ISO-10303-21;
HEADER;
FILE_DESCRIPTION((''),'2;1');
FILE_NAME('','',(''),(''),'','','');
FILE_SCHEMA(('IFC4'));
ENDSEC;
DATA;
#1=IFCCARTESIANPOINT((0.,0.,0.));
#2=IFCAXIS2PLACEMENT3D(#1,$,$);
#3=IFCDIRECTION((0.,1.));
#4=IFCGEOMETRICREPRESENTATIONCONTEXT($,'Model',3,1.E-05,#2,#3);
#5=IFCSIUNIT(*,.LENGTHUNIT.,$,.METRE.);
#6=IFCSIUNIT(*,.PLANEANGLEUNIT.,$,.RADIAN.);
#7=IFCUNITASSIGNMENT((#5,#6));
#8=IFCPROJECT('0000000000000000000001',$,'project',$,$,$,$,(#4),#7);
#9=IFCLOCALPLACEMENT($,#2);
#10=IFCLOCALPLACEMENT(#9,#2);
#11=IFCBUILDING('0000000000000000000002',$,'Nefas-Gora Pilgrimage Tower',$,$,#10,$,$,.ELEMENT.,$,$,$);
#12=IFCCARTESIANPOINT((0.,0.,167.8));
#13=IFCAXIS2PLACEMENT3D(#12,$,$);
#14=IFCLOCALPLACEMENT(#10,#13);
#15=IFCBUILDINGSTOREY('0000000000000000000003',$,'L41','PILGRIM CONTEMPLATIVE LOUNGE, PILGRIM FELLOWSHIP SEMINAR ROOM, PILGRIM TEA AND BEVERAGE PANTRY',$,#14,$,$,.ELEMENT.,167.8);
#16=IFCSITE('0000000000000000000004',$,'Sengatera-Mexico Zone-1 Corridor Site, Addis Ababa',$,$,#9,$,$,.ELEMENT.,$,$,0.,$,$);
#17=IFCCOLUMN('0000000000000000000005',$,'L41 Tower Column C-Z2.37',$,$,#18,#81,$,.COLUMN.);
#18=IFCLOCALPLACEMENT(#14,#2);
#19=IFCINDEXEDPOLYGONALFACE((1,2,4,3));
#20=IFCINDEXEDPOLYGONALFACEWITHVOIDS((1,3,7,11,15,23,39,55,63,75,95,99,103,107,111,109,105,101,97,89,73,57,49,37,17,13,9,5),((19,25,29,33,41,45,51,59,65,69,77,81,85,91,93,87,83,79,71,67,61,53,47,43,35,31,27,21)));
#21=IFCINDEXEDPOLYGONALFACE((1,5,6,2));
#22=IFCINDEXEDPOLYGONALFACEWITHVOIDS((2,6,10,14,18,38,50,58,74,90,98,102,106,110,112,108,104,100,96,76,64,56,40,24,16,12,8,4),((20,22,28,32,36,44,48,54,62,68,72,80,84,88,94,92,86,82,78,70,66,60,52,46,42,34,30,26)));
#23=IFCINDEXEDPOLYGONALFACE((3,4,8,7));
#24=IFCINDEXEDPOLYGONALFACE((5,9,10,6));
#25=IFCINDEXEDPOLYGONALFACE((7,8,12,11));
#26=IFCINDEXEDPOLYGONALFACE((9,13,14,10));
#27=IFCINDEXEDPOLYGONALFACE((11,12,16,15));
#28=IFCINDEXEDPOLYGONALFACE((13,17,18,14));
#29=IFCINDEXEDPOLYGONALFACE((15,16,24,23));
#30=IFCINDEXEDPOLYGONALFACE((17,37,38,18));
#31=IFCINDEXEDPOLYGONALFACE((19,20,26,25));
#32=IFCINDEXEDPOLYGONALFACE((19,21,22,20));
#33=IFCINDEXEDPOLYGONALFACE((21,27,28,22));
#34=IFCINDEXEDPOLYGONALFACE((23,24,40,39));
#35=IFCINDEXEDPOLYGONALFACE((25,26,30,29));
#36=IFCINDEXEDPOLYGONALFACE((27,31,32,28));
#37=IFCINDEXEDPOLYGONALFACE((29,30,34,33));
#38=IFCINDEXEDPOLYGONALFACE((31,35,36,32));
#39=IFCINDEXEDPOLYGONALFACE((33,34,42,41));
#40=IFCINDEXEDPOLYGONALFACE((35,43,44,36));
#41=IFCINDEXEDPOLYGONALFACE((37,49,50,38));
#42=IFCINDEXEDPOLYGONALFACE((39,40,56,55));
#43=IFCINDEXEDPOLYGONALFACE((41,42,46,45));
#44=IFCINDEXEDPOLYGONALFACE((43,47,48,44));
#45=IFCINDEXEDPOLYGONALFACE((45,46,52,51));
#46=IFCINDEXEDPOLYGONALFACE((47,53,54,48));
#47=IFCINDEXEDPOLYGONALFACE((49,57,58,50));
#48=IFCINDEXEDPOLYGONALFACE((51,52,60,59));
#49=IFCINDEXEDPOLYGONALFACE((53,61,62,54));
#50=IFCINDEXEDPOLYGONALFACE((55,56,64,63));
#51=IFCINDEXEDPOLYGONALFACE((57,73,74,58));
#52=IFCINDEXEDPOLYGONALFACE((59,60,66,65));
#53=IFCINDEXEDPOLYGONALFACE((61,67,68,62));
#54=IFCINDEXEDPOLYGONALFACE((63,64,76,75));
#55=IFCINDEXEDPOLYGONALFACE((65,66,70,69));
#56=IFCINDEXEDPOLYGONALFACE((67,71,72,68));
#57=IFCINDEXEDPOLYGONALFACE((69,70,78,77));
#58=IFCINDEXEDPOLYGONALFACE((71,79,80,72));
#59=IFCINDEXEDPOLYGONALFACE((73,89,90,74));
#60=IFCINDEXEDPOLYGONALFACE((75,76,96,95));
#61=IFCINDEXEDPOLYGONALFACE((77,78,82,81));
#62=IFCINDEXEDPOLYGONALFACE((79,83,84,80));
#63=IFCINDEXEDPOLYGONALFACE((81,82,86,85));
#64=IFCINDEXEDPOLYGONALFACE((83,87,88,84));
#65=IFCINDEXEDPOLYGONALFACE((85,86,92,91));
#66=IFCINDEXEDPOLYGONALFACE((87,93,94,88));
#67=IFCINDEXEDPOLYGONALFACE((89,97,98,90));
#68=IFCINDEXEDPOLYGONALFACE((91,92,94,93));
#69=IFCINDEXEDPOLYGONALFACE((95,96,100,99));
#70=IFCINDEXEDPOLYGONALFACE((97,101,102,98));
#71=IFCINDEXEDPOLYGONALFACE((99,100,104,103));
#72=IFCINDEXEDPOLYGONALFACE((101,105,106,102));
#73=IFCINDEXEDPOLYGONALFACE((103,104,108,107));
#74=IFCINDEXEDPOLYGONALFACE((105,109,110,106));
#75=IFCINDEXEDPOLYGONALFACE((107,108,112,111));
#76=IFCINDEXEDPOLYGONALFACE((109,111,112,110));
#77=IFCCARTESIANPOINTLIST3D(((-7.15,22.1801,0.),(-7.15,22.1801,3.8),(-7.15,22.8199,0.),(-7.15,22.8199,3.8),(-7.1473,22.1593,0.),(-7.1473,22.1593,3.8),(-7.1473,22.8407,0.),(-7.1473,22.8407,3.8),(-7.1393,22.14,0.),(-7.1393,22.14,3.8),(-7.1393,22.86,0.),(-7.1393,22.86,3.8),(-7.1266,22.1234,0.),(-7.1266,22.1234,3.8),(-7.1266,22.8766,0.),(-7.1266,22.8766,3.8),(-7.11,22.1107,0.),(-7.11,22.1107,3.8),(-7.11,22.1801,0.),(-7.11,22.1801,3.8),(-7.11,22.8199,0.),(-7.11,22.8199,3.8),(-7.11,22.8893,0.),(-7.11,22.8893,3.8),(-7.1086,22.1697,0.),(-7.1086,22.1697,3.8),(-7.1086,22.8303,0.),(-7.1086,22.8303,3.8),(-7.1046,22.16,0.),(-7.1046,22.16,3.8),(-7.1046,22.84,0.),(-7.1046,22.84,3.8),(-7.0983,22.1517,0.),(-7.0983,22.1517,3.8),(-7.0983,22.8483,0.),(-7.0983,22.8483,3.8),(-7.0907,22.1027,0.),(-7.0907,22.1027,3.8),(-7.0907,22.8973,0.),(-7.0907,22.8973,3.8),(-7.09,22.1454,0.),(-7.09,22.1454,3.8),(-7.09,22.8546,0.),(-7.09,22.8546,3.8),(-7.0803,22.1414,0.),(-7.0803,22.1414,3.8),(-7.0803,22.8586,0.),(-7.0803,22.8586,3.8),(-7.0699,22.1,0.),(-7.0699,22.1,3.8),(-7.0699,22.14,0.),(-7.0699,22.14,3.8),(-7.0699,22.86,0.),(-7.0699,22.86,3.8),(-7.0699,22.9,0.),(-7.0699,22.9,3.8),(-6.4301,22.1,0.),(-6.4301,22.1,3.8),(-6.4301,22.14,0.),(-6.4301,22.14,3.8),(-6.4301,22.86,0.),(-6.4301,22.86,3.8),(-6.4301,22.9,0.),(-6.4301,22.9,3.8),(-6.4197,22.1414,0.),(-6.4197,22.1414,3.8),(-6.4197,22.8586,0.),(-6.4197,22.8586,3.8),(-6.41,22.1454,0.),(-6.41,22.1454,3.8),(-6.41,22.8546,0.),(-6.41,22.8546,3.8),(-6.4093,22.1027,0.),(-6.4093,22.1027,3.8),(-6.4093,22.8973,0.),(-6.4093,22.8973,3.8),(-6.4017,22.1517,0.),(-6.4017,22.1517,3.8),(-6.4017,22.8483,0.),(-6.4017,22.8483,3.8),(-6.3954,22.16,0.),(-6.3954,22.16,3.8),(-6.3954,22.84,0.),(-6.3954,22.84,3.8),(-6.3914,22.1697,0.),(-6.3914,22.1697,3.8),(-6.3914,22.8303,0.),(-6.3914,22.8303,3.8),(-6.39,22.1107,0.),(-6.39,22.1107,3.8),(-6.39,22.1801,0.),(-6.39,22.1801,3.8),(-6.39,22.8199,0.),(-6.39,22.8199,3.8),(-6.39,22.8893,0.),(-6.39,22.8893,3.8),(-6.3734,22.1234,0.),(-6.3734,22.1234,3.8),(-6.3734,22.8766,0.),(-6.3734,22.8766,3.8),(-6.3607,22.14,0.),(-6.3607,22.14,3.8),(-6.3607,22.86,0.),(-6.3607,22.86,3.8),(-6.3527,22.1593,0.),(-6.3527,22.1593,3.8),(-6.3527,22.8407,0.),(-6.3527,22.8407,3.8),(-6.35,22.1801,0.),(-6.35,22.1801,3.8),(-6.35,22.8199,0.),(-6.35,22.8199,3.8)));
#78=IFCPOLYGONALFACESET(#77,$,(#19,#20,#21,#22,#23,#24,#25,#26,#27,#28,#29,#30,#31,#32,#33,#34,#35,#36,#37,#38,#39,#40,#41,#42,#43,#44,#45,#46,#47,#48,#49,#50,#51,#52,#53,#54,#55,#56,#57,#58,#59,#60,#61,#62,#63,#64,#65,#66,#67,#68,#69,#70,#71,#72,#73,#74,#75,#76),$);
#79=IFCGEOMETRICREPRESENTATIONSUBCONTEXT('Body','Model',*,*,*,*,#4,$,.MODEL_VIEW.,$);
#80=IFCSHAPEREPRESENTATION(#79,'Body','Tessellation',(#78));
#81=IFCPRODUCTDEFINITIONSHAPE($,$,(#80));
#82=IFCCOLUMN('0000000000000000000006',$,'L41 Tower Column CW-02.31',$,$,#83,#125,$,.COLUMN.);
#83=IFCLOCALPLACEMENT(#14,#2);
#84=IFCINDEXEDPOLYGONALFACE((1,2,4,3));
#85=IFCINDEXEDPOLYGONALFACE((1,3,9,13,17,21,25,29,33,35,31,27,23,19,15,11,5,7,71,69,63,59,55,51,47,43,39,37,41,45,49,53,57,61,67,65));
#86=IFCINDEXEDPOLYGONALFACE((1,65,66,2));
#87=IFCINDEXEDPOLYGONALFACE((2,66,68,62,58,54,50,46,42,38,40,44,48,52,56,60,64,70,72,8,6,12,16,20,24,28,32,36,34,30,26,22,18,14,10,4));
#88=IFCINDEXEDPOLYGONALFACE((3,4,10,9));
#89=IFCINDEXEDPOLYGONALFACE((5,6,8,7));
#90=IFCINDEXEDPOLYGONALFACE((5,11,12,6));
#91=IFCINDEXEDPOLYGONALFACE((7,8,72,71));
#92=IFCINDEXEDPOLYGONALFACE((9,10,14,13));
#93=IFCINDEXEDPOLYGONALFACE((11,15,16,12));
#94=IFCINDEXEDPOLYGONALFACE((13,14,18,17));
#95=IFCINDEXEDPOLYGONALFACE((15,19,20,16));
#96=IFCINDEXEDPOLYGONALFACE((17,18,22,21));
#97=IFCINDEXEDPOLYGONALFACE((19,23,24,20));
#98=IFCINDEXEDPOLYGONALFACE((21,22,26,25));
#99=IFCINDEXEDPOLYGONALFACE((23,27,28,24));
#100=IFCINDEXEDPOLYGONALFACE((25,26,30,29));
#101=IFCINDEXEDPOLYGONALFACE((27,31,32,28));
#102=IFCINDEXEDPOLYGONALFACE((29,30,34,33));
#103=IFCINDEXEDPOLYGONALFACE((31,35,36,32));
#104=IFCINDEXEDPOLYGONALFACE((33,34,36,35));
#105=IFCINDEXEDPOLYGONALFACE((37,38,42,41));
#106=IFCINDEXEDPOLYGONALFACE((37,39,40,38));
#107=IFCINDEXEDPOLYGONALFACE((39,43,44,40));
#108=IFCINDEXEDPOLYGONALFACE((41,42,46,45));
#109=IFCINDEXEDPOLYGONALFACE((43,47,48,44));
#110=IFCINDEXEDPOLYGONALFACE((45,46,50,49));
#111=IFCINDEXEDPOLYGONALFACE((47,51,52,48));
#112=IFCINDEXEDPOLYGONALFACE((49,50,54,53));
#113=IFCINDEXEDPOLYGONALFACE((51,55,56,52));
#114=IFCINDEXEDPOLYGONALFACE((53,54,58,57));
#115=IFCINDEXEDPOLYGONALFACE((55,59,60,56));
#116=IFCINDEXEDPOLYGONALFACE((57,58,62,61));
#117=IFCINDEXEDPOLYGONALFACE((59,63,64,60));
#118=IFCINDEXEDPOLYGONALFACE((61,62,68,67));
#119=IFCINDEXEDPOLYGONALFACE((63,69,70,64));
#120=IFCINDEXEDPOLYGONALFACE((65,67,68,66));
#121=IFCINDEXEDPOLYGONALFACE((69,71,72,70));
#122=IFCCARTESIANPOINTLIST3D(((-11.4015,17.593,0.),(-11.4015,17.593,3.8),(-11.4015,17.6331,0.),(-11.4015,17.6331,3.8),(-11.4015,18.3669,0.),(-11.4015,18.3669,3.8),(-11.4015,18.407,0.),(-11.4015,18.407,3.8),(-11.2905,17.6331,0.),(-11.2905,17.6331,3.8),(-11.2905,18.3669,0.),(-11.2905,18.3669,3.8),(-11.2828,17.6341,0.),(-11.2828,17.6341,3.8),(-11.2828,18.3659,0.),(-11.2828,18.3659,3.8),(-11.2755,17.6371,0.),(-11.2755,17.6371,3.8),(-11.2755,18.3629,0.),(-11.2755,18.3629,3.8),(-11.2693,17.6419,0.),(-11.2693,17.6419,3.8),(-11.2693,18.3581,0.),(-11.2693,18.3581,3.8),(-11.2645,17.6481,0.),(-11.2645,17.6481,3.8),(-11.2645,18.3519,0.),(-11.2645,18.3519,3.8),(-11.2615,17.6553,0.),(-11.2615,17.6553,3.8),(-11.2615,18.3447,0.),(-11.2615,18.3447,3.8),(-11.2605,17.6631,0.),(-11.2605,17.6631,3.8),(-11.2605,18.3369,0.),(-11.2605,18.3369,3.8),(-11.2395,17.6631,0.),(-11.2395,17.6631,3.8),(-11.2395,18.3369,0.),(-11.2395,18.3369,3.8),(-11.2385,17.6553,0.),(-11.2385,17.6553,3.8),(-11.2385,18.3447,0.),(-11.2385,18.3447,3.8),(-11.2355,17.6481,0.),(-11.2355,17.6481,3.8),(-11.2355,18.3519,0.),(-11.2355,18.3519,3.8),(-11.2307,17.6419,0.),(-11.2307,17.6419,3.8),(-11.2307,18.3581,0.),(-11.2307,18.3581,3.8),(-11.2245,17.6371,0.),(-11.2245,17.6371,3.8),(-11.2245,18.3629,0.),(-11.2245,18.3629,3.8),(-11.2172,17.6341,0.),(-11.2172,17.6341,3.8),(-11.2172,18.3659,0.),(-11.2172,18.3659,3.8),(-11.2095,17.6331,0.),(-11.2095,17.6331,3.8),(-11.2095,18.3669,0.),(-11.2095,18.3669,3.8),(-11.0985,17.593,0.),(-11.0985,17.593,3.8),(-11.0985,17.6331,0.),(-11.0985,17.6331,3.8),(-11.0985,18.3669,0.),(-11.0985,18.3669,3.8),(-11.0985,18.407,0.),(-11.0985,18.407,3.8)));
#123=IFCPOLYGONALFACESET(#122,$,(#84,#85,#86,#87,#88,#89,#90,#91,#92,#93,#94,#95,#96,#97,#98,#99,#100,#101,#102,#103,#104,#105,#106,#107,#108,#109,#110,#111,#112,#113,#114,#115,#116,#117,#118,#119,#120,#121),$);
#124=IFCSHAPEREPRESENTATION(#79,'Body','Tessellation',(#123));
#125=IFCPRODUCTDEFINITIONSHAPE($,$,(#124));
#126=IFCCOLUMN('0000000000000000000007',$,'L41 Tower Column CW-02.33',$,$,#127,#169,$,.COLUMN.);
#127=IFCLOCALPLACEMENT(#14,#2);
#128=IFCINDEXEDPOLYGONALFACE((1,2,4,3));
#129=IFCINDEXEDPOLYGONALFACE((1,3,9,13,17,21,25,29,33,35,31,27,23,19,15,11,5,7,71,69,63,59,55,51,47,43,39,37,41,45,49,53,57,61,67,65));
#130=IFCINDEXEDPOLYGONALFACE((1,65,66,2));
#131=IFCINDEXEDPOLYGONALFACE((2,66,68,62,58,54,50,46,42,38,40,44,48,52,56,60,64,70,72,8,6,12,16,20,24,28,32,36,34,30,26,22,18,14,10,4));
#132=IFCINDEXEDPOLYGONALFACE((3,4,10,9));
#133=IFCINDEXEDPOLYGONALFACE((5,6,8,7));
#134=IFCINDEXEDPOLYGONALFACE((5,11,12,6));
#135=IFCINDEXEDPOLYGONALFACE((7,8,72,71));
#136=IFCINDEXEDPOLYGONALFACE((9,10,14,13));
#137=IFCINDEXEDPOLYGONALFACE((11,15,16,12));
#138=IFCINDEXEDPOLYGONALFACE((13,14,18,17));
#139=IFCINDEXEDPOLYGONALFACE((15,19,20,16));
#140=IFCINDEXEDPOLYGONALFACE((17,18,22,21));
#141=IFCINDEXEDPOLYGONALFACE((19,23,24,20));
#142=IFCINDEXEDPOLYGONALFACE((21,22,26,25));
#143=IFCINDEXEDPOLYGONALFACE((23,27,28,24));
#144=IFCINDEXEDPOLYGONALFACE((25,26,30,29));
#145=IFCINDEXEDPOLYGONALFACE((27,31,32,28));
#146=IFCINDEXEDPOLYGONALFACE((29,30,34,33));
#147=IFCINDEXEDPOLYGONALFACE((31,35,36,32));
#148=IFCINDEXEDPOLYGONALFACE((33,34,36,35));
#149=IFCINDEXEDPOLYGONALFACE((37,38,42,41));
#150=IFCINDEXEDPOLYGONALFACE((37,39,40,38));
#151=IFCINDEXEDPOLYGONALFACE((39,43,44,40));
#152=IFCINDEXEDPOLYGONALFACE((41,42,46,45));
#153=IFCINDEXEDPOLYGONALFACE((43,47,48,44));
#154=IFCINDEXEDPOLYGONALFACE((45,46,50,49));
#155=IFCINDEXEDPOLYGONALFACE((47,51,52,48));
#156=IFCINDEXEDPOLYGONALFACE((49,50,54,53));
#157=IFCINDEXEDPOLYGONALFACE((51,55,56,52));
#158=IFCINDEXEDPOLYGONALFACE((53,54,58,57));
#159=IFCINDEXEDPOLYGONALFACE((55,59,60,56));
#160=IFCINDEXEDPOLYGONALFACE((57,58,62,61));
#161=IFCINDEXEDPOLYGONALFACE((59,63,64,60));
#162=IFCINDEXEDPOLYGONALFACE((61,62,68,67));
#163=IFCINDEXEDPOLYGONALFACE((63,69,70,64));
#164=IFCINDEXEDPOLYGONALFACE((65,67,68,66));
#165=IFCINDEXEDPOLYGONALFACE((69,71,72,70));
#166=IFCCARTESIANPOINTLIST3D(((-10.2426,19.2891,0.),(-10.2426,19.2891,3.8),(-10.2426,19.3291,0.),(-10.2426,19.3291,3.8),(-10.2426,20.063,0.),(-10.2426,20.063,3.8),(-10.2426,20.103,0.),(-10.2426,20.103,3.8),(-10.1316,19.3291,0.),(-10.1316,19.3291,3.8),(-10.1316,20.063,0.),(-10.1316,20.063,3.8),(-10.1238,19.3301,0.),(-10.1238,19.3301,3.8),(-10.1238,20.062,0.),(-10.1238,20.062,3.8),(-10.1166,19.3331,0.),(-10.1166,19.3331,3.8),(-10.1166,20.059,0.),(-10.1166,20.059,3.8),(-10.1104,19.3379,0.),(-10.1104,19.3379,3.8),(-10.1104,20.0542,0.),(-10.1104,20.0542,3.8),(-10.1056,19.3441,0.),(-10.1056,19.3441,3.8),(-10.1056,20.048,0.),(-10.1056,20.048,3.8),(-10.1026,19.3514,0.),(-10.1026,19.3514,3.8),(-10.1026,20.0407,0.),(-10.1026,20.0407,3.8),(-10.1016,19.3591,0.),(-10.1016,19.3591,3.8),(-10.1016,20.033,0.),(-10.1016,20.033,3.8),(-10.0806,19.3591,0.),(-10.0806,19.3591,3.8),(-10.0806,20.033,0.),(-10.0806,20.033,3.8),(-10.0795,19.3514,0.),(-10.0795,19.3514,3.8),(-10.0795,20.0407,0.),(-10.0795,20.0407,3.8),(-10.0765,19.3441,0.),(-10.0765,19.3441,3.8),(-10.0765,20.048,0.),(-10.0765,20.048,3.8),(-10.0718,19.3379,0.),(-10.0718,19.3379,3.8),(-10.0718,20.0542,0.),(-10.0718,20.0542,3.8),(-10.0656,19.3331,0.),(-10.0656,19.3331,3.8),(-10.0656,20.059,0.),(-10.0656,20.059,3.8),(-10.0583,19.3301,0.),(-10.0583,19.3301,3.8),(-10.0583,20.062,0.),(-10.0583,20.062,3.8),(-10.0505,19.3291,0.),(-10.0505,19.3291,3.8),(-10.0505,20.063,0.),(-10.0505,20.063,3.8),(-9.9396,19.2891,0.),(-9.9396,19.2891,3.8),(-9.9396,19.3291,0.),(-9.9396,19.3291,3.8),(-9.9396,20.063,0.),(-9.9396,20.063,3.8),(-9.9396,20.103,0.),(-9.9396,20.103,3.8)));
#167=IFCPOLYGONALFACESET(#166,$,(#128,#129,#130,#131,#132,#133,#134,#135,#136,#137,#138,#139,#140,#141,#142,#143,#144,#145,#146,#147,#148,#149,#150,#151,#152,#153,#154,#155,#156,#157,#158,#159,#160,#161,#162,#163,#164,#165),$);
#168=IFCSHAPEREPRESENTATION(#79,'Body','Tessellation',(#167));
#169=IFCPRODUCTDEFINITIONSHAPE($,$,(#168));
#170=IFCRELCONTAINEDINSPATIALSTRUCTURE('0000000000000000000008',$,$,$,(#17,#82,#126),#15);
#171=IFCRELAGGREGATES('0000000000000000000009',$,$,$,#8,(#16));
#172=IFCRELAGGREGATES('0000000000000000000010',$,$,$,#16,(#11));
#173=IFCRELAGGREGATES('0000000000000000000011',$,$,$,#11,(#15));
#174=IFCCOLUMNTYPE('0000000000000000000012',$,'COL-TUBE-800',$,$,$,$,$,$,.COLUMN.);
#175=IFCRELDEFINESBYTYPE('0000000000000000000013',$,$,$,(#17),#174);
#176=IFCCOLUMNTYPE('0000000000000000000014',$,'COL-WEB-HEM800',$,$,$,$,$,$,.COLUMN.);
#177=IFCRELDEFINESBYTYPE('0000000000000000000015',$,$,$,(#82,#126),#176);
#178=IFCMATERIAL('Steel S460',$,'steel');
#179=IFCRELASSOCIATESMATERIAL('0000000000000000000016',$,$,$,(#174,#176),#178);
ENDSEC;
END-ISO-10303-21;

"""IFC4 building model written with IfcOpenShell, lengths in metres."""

from ifc_helpers import new_model, si_unit, direction, frame, origin, origin_2d, place, context, subcontext, project, spatial, hollow_rectangle, i_section, extrude, source, transform, mapped, material, material_profile, profile_set, type_object, element, save


model = new_model("IFC4")

# Units and contexts
model_context = context("Model", 3, precision=1e-05, world=origin(), true_north=direction((0.0, 1.0)))
body_context = subcontext(model_context, "Body", "Model", "MODEL_VIEW")
ifc_project = project(units=[si_unit("LENGTHUNIT", "METRE"), si_unit("PLANEANGLEUNIT", "RADIAN")], contexts=[model_context])

# Site, building, storey
site_placement = place(None, origin())
site = spatial("IfcSite", under=ifc_project, at=site_placement, Name="Sengatera-Mexico Zone-1 Corridor Site, Addis Ababa", CompositionType="ELEMENT", RefElevation=0.0)
building_placement = place(site_placement, origin())
building = spatial("IfcBuilding", under=site, at=building_placement, Name="Nefas-Gora Pilgrimage Tower", CompositionType="ELEMENT")
storey_placement = place(building_placement, frame((0.0, 0.0, 167.8)))
storey = spatial("IfcBuildingStorey", under=building, at=storey_placement, Name="L41", Description="PILGRIM CONTEMPLATIVE LOUNGE, PILGRIM FELLOWSHIP SEMINAR ROOM, PILGRIM TEA AND BEVERAGE PANTRY", CompositionType="ELEMENT", Elevation=167.8)

# Columns
ifc_material_1 = material(Name="Steel S460", Category="steel")
ifc_material_profile_1 = material_profile(ifc_material_1, hollow_rectangle(XDim=0.8, YDim=0.8, WallThickness=0.04, InnerFilletRadius=0.04, OuterFilletRadius=0.0801, at=origin_2d()), Name="BOX 800x800x40")
ifc_profile_set_1 = profile_set([ifc_material_profile_1], Name="Steel S460")
column_type_1 = type_object("IfcColumnType", Name="COL-TUBE-800", PredefinedType="COLUMN", material=ifc_profile_set_1)
shared_shape_1 = source(origin(), body_context, "Body", "SweptSolid", [
    extrude(hollow_rectangle(XDim=0.8, YDim=0.8, WallThickness=0.04, InnerFilletRadius=0.04, OuterFilletRadius=0.0801, at=origin_2d()), origin(), (0.0, 0.0, 1.0), 3.8),
])
column_placement = place(storey_placement, frame((-6.75, 22.5, 0.0), z_axis=(0.0, 0.0, 1.0), x_axis=(1.0, 0.0, 0.0)))
element("IfcColumn", 1, at=column_placement, inside=storey, type_object=column_type_1, Name="L41 Tower Column C-Z2.37", PredefinedType="COLUMN", context=body_context, shape_type="MappedRepresentation", body=[
    mapped(shared_shape_1, transform((0.0, 0.0, 0.0), x_axis=(1.0, 0.0, 0.0), y_axis=(0.0, 1.0, 0.0), z_axis=(0.0, 0.0, 1.0), scale=1.0)),
])
ifc_material_profile_2 = material_profile(ifc_material_1, i_section(OverallWidth=0.303, OverallDepth=0.814, WebThickness=0.021, FlangeThickness=0.04, FilletRadius=0.03, at=origin_2d()), Name="HEM 800")
ifc_profile_set_2 = profile_set([ifc_material_profile_2], Name="Steel S460")
column_type_2 = type_object("IfcColumnType", Name="COL-WEB-HEM800", PredefinedType="COLUMN", material=ifc_profile_set_2)
shared_shape_2 = source(origin(), body_context, "Body", "SweptSolid", [
    extrude(i_section(OverallWidth=0.303, OverallDepth=0.814, WebThickness=0.021, FlangeThickness=0.04, FilletRadius=0.03, at=origin_2d()), origin(), (0.0, 0.0, 1.0), 3.8),
])
for number, where, z_axis, x_axis, name in (
    (2, (-11.25, 18.0, 0.0), (0.0, 0.0, 1.0), (1.0, 0.0, 0.0), "L41 Tower Column CW-02.31"),
    (3, (-10.0911, 19.696, 0.0), (0.0, 0.0, 1.0), (1.0, 0.0, 0.0), "L41 Tower Column CW-02.33"),
):
    element("IfcColumn", number, at=place(storey_placement, frame(where, z_axis=z_axis, x_axis=x_axis)), inside=storey, type_object=column_type_2, Name=name, PredefinedType="COLUMN", context=body_context, shape_type="MappedRepresentation", body=[
        mapped(shared_shape_2, transform((0.0, 0.0, 0.0), x_axis=(1.0, 0.0, 0.0), y_axis=(0.0, 1.0, 0.0), z_axis=(0.0, 0.0, 1.0), scale=1.0)),
    ])

save(model, "model.ifc")
